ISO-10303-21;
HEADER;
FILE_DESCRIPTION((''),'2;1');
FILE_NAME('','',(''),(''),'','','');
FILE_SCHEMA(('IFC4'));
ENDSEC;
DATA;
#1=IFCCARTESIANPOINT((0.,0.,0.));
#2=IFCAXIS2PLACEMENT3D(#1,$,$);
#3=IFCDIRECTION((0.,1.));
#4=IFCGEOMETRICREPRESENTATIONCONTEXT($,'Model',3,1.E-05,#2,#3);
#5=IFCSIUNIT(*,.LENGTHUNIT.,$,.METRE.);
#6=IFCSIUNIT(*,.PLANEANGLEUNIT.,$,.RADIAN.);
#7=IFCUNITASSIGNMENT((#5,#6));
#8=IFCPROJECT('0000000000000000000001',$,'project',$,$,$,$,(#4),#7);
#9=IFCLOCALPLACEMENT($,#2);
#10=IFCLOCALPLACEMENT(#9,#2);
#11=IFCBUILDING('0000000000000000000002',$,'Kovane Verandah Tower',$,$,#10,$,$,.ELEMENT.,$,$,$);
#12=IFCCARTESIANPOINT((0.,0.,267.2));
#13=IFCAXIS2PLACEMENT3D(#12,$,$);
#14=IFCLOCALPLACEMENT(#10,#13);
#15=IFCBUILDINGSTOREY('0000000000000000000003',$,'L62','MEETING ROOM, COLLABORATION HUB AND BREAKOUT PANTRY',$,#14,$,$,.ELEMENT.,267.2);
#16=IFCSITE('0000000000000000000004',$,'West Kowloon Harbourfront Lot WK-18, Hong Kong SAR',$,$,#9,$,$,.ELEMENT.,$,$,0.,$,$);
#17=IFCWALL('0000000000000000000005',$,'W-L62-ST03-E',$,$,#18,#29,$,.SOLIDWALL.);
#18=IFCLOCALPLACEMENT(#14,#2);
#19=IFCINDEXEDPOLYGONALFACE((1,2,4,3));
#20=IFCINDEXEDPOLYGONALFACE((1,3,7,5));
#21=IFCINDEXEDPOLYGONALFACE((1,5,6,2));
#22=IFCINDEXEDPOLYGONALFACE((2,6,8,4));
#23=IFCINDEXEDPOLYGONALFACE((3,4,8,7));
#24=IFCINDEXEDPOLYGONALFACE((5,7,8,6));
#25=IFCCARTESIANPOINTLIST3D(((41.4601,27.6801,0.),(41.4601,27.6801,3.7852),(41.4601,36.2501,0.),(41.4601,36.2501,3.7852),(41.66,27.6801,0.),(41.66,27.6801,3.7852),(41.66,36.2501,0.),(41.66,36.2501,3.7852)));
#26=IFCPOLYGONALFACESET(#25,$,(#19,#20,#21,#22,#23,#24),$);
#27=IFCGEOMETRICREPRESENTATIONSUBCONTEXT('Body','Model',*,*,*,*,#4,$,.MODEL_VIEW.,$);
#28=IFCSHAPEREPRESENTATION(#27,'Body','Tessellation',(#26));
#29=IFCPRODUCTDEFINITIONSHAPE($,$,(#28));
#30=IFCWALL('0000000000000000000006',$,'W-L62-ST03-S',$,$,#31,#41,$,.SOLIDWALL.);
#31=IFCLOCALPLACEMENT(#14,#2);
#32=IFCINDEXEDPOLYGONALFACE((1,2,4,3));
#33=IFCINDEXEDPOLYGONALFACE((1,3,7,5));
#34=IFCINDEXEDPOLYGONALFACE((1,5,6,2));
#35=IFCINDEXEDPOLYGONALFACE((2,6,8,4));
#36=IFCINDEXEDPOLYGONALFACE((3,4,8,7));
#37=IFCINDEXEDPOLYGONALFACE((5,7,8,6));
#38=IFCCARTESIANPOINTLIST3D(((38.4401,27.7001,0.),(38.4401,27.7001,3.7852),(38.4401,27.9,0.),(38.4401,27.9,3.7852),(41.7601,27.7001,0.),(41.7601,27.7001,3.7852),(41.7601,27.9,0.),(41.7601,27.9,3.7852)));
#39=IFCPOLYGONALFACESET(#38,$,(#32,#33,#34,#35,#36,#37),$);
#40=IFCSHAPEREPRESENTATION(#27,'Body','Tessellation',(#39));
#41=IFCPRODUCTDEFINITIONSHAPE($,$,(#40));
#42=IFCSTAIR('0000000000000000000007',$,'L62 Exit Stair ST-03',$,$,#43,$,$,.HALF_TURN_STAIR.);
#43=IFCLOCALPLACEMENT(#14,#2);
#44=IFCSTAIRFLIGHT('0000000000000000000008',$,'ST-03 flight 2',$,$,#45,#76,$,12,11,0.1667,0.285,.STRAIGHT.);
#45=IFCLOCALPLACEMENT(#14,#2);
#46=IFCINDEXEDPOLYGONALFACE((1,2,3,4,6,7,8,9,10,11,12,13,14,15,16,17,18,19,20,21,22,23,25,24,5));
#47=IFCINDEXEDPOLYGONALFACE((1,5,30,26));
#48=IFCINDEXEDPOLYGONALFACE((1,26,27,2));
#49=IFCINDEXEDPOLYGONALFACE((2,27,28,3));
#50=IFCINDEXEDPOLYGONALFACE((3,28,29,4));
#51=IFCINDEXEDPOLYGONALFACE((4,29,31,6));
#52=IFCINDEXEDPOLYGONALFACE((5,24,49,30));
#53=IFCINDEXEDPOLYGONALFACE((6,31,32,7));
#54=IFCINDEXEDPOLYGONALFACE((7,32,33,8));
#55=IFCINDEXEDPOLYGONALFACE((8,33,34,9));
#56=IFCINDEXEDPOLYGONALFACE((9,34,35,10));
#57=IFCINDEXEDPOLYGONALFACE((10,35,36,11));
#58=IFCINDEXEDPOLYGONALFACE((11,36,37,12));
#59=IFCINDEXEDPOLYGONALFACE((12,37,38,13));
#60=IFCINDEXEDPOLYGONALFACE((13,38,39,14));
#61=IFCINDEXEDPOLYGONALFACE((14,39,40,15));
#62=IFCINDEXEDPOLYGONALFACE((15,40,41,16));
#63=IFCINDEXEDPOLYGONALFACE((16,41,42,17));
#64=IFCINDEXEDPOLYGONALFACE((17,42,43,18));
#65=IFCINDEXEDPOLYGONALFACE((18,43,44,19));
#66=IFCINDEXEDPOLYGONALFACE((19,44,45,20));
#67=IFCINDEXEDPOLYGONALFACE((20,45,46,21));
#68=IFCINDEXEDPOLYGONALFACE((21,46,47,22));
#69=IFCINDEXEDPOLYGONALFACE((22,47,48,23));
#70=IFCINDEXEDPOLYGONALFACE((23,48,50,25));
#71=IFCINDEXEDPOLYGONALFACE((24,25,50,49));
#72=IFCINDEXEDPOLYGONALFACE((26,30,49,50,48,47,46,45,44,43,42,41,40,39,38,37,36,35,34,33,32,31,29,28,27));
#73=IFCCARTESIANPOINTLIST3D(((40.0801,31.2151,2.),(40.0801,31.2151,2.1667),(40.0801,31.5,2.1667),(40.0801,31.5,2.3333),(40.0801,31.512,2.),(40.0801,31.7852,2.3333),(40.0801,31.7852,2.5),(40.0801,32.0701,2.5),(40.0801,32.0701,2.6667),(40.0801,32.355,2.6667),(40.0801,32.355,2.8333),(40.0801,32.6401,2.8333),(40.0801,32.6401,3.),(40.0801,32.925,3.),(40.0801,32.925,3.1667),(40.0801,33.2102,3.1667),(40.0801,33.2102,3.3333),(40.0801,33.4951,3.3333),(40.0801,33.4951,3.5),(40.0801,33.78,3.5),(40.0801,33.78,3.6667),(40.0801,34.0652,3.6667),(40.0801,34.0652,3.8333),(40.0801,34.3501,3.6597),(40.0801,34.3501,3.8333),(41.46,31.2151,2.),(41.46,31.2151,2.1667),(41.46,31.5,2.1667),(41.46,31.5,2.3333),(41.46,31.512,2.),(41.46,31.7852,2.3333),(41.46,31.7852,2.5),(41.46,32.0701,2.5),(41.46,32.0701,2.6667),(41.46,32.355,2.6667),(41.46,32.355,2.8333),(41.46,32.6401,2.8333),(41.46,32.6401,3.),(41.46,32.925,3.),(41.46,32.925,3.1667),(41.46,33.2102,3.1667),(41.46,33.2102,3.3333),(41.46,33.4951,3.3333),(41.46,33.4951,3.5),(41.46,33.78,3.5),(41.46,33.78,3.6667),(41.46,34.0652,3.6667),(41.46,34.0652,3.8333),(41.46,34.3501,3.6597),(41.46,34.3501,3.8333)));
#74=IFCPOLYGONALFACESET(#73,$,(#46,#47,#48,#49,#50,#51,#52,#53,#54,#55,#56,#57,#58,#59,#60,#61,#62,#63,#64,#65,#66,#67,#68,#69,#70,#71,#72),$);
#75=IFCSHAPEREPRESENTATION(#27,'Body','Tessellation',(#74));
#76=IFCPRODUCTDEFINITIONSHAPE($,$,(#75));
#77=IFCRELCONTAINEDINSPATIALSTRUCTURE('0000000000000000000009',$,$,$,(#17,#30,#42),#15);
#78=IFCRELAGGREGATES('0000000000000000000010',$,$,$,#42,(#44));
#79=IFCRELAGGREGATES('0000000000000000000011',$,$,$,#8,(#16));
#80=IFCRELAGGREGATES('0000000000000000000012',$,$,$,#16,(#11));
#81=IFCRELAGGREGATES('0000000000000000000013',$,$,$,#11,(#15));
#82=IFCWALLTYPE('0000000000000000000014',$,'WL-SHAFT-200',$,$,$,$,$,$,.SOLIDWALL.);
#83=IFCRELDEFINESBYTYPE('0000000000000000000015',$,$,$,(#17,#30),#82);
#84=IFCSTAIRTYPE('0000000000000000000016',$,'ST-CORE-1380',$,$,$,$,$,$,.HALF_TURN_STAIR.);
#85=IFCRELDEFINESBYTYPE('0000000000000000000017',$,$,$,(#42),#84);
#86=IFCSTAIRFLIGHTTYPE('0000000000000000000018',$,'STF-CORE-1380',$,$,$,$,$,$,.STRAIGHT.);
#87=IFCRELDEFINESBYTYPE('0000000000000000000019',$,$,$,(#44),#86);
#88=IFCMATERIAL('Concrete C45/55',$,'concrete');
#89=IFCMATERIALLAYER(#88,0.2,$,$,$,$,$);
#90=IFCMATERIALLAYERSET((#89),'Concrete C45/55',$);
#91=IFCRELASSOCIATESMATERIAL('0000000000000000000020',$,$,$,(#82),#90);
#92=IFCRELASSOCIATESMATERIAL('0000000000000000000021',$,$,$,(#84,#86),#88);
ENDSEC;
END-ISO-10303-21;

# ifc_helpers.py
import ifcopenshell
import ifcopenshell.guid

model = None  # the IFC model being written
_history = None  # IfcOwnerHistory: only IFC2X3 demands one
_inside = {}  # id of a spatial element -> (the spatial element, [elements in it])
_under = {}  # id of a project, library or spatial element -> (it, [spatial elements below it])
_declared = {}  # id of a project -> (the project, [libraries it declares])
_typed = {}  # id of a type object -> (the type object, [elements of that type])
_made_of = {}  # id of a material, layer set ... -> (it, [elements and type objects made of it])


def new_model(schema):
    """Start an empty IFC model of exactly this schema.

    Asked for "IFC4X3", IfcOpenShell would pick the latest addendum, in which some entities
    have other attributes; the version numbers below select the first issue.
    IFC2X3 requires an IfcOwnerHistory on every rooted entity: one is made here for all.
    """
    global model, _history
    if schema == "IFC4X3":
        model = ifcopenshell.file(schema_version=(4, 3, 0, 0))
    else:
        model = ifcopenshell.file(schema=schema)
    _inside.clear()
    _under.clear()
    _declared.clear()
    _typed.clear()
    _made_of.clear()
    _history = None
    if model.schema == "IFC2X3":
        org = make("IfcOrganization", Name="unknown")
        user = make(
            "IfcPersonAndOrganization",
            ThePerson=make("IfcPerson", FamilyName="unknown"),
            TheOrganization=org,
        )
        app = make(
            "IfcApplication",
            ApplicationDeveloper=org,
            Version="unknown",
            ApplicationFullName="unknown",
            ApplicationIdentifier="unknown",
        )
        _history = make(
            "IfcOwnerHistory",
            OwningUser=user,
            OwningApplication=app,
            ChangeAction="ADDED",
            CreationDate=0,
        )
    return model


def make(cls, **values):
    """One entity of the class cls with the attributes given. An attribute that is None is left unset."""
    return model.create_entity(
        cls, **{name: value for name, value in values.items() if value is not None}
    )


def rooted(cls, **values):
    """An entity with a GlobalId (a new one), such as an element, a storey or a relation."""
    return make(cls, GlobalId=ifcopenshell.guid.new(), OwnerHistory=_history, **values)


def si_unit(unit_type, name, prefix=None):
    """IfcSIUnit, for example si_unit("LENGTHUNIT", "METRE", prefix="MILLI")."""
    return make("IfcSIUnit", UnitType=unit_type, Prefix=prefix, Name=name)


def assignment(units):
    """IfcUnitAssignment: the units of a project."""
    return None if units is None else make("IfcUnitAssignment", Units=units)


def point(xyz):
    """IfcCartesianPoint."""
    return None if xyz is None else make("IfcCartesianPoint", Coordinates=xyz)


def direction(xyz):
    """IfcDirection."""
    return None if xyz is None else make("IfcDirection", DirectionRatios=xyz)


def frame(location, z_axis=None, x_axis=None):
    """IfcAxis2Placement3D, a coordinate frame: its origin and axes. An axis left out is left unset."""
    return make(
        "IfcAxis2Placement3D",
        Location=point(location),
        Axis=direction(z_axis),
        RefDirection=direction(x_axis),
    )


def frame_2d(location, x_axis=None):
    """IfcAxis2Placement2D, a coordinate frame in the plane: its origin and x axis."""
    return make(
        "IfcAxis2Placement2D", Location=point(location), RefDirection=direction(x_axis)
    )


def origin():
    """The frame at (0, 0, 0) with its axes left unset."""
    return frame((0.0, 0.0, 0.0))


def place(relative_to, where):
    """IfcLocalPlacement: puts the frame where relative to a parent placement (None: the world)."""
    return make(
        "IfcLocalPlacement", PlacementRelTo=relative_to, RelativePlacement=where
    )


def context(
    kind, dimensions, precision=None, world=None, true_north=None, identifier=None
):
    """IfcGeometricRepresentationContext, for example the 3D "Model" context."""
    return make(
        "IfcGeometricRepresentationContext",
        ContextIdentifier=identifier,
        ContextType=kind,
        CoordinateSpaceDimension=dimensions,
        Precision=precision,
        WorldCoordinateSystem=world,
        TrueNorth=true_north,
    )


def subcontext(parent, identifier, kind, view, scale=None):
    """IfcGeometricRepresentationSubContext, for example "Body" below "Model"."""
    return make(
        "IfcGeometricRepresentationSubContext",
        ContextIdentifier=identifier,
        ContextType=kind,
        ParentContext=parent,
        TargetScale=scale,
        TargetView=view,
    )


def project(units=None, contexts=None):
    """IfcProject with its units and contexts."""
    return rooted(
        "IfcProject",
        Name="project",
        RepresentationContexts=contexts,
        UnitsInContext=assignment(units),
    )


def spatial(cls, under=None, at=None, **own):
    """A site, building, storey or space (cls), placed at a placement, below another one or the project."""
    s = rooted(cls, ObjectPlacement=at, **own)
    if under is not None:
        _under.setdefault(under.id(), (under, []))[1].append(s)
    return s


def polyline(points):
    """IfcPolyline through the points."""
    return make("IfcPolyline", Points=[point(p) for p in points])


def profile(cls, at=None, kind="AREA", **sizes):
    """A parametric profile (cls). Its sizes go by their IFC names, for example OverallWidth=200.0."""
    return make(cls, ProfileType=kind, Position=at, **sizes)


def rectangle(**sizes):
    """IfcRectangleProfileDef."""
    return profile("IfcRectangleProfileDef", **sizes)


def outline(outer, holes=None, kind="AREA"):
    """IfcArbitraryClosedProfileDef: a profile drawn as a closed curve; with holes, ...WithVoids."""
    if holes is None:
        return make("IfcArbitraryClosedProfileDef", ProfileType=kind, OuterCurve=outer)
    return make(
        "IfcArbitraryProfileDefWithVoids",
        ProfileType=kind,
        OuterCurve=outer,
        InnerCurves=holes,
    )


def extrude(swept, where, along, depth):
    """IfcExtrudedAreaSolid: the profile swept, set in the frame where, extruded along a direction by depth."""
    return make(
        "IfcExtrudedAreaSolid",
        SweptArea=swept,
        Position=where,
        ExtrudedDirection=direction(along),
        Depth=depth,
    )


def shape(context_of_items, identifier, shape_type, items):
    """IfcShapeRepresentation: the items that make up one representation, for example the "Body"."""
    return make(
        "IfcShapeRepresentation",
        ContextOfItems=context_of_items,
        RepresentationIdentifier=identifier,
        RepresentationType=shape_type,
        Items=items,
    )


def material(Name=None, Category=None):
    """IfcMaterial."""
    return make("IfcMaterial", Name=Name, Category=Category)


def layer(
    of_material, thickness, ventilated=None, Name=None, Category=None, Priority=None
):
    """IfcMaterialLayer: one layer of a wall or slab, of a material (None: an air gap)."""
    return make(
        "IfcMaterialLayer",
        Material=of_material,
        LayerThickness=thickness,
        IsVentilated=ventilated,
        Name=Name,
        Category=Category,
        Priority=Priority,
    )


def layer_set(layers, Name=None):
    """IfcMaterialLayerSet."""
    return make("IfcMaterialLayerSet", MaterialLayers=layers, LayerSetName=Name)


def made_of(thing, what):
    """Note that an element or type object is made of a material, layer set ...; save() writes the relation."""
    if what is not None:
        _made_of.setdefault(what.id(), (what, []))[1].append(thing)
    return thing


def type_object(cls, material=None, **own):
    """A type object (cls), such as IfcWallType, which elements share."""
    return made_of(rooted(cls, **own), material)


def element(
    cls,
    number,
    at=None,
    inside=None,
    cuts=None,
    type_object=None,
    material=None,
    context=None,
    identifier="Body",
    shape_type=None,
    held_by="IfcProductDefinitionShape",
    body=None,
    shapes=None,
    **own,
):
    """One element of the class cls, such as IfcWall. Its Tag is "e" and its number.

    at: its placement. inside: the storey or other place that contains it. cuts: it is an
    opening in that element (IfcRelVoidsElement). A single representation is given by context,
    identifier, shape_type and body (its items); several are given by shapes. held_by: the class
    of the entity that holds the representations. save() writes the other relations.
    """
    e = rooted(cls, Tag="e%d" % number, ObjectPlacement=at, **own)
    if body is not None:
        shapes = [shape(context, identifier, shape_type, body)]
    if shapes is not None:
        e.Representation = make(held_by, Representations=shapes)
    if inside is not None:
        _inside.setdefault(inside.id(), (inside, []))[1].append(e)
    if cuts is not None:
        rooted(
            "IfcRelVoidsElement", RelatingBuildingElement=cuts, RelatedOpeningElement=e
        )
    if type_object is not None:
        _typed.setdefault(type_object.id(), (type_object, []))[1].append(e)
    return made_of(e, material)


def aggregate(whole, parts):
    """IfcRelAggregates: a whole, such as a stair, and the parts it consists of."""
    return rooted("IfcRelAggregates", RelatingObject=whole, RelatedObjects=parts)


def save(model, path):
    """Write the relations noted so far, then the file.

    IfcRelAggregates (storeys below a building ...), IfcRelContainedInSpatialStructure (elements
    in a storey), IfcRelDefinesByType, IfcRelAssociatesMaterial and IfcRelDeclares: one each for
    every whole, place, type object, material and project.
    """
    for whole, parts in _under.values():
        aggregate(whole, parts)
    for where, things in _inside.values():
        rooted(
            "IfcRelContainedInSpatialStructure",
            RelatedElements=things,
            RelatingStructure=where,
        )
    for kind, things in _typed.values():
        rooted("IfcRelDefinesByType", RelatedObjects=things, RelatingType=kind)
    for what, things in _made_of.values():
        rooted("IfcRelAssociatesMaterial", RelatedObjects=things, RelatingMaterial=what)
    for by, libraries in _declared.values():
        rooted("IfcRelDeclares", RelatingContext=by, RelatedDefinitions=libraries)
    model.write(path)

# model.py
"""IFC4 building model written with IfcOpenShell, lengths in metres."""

from ifc_helpers import new_model, si_unit, direction, frame, frame_2d, origin, place, context, subcontext, project, spatial, polyline, rectangle, outline, extrude, material, layer, layer_set, type_object, element, aggregate, save


model = new_model("IFC4")

# Units and contexts
model_context = context("Model", 3, precision=1e-05, world=origin(), true_north=direction((0.0, 1.0)))
body_context = subcontext(model_context, "Body", "Model", "MODEL_VIEW")
ifc_project = project(units=[si_unit("LENGTHUNIT", "METRE"), si_unit("PLANEANGLEUNIT", "RADIAN")], contexts=[model_context])

# Site, building, storey
site_placement = place(None, origin())
site = spatial("IfcSite", under=ifc_project, at=site_placement, Name="West Kowloon Harbourfront Lot WK-18, Hong Kong SAR", CompositionType="ELEMENT", RefElevation=0.0)
building_placement = place(site_placement, origin())
building = spatial("IfcBuilding", under=site, at=building_placement, Name="Kovane Verandah Tower", CompositionType="ELEMENT")
storey_placement = place(building_placement, frame((0.0, 0.0, 267.2)))
storey = spatial("IfcBuildingStorey", under=building, at=storey_placement, Name="L62", Description="MEETING ROOM, COLLABORATION HUB AND BREAKOUT PANTRY", CompositionType="ELEMENT", Elevation=267.2)

# Shared definitions
ifc_material_1 = material(Name="Concrete C45/55", Category="concrete")
ifc_layer_1 = layer(ifc_material_1, 0.2)
ifc_layer_set_1 = layer_set([ifc_layer_1], Name="Concrete C45/55")
wall_type_1 = type_object("IfcWallType", Name="WL-SHAFT-200", PredefinedType="SOLIDWALL", material=ifc_layer_set_1)

# Walls
wall_1_placement = place(storey_placement, frame((41.5601, 27.6799, 0.0), z_axis=(0.0, 0.0, 1.0), x_axis=(0.0, 1.0, 0.0)))
element("IfcWall", 1, at=wall_1_placement, inside=storey, type_object=wall_type_1, Name="W-L62-ST03-E", PredefinedType="SOLIDWALL", context=body_context, shape_type="SweptSolid", body=[
    extrude(rectangle(XDim=8.5701, YDim=0.2, at=frame_2d((4.2852, 0.0))), origin(), (0.0, 0.0, 1.0), 3.7852),
])
wall_2_placement = place(storey_placement, frame((38.4399, 27.8, 0.0), z_axis=(0.0, 0.0, 1.0), x_axis=(1.0, 0.0, 0.0)))
element("IfcWall", 2, at=wall_2_placement, inside=storey, type_object=wall_type_1, Name="W-L62-ST03-S", PredefinedType="SOLIDWALL", context=body_context, shape_type="SweptSolid", body=[
    extrude(rectangle(XDim=3.3201, YDim=0.2, at=frame_2d((1.6602, 0.0))), origin(), (0.0, 0.0, 1.0), 3.7852),
])

# Stair, stair flight
stair_type = type_object("IfcStairType", Name="ST-CORE-1380", PredefinedType="HALF_TURN_STAIR", material=ifc_material_1)
stair_placement = place(storey_placement, origin())
stair = element("IfcStair", 3, at=stair_placement, inside=storey, type_object=stair_type, Name="L62 Exit Stair ST-03", PredefinedType="HALF_TURN_STAIR")
stair_flight_type = type_object("IfcStairFlightType", Name="STF-CORE-1380", PredefinedType="STRAIGHT", material=ifc_material_1)
stair_flight_placement = place(storey_placement, frame((40.77, 31.2151, 2.0), z_axis=(0.0, 0.0, 1.0), x_axis=(0.0, 1.0, 0.0)))
stair_flight = element("IfcStairFlight", 4, at=stair_flight_placement, type_object=stair_flight_type, Name="ST-03 flight 2", NumberOfRisers=12, NumberOfTreads=11, PredefinedType="STRAIGHT", RiserHeight=0.1667, TreadLength=0.285, context=body_context, shape_type="SweptSolid", body=[
    extrude(outline(polyline([(0.0, 0.0), (0.0, 0.1667), (0.2849, 0.1667), (0.2849, 0.3333), (0.5701, 0.3333), (0.5701, 0.5), (0.855, 0.5), (0.855, 0.6667), (1.1399, 0.6667), (1.1399, 0.8333), (1.425, 0.8333), (1.425, 1.0), (1.71, 1.0), (1.71, 1.1667), (1.9951, 1.1667), (1.9951, 1.3333), (2.28, 1.3333), (2.28, 1.5), (2.5649, 1.5), (2.5649, 1.6667), (2.8501, 1.6667), (2.8501, 1.8333), (3.135, 1.8333), (3.135, 2.0), (3.135, 1.6597), (0.2969, 0.0), (0.0, 0.0)])), frame((0.0, 0.6899, 0.0), z_axis=(0.0, -1.0, 0.0), x_axis=(1.0, 0.0, 0.0)), (0.0, 0.0, 1.0), 1.3799),
])
aggregate(stair, [stair_flight])

save(model, "model.ifc")
